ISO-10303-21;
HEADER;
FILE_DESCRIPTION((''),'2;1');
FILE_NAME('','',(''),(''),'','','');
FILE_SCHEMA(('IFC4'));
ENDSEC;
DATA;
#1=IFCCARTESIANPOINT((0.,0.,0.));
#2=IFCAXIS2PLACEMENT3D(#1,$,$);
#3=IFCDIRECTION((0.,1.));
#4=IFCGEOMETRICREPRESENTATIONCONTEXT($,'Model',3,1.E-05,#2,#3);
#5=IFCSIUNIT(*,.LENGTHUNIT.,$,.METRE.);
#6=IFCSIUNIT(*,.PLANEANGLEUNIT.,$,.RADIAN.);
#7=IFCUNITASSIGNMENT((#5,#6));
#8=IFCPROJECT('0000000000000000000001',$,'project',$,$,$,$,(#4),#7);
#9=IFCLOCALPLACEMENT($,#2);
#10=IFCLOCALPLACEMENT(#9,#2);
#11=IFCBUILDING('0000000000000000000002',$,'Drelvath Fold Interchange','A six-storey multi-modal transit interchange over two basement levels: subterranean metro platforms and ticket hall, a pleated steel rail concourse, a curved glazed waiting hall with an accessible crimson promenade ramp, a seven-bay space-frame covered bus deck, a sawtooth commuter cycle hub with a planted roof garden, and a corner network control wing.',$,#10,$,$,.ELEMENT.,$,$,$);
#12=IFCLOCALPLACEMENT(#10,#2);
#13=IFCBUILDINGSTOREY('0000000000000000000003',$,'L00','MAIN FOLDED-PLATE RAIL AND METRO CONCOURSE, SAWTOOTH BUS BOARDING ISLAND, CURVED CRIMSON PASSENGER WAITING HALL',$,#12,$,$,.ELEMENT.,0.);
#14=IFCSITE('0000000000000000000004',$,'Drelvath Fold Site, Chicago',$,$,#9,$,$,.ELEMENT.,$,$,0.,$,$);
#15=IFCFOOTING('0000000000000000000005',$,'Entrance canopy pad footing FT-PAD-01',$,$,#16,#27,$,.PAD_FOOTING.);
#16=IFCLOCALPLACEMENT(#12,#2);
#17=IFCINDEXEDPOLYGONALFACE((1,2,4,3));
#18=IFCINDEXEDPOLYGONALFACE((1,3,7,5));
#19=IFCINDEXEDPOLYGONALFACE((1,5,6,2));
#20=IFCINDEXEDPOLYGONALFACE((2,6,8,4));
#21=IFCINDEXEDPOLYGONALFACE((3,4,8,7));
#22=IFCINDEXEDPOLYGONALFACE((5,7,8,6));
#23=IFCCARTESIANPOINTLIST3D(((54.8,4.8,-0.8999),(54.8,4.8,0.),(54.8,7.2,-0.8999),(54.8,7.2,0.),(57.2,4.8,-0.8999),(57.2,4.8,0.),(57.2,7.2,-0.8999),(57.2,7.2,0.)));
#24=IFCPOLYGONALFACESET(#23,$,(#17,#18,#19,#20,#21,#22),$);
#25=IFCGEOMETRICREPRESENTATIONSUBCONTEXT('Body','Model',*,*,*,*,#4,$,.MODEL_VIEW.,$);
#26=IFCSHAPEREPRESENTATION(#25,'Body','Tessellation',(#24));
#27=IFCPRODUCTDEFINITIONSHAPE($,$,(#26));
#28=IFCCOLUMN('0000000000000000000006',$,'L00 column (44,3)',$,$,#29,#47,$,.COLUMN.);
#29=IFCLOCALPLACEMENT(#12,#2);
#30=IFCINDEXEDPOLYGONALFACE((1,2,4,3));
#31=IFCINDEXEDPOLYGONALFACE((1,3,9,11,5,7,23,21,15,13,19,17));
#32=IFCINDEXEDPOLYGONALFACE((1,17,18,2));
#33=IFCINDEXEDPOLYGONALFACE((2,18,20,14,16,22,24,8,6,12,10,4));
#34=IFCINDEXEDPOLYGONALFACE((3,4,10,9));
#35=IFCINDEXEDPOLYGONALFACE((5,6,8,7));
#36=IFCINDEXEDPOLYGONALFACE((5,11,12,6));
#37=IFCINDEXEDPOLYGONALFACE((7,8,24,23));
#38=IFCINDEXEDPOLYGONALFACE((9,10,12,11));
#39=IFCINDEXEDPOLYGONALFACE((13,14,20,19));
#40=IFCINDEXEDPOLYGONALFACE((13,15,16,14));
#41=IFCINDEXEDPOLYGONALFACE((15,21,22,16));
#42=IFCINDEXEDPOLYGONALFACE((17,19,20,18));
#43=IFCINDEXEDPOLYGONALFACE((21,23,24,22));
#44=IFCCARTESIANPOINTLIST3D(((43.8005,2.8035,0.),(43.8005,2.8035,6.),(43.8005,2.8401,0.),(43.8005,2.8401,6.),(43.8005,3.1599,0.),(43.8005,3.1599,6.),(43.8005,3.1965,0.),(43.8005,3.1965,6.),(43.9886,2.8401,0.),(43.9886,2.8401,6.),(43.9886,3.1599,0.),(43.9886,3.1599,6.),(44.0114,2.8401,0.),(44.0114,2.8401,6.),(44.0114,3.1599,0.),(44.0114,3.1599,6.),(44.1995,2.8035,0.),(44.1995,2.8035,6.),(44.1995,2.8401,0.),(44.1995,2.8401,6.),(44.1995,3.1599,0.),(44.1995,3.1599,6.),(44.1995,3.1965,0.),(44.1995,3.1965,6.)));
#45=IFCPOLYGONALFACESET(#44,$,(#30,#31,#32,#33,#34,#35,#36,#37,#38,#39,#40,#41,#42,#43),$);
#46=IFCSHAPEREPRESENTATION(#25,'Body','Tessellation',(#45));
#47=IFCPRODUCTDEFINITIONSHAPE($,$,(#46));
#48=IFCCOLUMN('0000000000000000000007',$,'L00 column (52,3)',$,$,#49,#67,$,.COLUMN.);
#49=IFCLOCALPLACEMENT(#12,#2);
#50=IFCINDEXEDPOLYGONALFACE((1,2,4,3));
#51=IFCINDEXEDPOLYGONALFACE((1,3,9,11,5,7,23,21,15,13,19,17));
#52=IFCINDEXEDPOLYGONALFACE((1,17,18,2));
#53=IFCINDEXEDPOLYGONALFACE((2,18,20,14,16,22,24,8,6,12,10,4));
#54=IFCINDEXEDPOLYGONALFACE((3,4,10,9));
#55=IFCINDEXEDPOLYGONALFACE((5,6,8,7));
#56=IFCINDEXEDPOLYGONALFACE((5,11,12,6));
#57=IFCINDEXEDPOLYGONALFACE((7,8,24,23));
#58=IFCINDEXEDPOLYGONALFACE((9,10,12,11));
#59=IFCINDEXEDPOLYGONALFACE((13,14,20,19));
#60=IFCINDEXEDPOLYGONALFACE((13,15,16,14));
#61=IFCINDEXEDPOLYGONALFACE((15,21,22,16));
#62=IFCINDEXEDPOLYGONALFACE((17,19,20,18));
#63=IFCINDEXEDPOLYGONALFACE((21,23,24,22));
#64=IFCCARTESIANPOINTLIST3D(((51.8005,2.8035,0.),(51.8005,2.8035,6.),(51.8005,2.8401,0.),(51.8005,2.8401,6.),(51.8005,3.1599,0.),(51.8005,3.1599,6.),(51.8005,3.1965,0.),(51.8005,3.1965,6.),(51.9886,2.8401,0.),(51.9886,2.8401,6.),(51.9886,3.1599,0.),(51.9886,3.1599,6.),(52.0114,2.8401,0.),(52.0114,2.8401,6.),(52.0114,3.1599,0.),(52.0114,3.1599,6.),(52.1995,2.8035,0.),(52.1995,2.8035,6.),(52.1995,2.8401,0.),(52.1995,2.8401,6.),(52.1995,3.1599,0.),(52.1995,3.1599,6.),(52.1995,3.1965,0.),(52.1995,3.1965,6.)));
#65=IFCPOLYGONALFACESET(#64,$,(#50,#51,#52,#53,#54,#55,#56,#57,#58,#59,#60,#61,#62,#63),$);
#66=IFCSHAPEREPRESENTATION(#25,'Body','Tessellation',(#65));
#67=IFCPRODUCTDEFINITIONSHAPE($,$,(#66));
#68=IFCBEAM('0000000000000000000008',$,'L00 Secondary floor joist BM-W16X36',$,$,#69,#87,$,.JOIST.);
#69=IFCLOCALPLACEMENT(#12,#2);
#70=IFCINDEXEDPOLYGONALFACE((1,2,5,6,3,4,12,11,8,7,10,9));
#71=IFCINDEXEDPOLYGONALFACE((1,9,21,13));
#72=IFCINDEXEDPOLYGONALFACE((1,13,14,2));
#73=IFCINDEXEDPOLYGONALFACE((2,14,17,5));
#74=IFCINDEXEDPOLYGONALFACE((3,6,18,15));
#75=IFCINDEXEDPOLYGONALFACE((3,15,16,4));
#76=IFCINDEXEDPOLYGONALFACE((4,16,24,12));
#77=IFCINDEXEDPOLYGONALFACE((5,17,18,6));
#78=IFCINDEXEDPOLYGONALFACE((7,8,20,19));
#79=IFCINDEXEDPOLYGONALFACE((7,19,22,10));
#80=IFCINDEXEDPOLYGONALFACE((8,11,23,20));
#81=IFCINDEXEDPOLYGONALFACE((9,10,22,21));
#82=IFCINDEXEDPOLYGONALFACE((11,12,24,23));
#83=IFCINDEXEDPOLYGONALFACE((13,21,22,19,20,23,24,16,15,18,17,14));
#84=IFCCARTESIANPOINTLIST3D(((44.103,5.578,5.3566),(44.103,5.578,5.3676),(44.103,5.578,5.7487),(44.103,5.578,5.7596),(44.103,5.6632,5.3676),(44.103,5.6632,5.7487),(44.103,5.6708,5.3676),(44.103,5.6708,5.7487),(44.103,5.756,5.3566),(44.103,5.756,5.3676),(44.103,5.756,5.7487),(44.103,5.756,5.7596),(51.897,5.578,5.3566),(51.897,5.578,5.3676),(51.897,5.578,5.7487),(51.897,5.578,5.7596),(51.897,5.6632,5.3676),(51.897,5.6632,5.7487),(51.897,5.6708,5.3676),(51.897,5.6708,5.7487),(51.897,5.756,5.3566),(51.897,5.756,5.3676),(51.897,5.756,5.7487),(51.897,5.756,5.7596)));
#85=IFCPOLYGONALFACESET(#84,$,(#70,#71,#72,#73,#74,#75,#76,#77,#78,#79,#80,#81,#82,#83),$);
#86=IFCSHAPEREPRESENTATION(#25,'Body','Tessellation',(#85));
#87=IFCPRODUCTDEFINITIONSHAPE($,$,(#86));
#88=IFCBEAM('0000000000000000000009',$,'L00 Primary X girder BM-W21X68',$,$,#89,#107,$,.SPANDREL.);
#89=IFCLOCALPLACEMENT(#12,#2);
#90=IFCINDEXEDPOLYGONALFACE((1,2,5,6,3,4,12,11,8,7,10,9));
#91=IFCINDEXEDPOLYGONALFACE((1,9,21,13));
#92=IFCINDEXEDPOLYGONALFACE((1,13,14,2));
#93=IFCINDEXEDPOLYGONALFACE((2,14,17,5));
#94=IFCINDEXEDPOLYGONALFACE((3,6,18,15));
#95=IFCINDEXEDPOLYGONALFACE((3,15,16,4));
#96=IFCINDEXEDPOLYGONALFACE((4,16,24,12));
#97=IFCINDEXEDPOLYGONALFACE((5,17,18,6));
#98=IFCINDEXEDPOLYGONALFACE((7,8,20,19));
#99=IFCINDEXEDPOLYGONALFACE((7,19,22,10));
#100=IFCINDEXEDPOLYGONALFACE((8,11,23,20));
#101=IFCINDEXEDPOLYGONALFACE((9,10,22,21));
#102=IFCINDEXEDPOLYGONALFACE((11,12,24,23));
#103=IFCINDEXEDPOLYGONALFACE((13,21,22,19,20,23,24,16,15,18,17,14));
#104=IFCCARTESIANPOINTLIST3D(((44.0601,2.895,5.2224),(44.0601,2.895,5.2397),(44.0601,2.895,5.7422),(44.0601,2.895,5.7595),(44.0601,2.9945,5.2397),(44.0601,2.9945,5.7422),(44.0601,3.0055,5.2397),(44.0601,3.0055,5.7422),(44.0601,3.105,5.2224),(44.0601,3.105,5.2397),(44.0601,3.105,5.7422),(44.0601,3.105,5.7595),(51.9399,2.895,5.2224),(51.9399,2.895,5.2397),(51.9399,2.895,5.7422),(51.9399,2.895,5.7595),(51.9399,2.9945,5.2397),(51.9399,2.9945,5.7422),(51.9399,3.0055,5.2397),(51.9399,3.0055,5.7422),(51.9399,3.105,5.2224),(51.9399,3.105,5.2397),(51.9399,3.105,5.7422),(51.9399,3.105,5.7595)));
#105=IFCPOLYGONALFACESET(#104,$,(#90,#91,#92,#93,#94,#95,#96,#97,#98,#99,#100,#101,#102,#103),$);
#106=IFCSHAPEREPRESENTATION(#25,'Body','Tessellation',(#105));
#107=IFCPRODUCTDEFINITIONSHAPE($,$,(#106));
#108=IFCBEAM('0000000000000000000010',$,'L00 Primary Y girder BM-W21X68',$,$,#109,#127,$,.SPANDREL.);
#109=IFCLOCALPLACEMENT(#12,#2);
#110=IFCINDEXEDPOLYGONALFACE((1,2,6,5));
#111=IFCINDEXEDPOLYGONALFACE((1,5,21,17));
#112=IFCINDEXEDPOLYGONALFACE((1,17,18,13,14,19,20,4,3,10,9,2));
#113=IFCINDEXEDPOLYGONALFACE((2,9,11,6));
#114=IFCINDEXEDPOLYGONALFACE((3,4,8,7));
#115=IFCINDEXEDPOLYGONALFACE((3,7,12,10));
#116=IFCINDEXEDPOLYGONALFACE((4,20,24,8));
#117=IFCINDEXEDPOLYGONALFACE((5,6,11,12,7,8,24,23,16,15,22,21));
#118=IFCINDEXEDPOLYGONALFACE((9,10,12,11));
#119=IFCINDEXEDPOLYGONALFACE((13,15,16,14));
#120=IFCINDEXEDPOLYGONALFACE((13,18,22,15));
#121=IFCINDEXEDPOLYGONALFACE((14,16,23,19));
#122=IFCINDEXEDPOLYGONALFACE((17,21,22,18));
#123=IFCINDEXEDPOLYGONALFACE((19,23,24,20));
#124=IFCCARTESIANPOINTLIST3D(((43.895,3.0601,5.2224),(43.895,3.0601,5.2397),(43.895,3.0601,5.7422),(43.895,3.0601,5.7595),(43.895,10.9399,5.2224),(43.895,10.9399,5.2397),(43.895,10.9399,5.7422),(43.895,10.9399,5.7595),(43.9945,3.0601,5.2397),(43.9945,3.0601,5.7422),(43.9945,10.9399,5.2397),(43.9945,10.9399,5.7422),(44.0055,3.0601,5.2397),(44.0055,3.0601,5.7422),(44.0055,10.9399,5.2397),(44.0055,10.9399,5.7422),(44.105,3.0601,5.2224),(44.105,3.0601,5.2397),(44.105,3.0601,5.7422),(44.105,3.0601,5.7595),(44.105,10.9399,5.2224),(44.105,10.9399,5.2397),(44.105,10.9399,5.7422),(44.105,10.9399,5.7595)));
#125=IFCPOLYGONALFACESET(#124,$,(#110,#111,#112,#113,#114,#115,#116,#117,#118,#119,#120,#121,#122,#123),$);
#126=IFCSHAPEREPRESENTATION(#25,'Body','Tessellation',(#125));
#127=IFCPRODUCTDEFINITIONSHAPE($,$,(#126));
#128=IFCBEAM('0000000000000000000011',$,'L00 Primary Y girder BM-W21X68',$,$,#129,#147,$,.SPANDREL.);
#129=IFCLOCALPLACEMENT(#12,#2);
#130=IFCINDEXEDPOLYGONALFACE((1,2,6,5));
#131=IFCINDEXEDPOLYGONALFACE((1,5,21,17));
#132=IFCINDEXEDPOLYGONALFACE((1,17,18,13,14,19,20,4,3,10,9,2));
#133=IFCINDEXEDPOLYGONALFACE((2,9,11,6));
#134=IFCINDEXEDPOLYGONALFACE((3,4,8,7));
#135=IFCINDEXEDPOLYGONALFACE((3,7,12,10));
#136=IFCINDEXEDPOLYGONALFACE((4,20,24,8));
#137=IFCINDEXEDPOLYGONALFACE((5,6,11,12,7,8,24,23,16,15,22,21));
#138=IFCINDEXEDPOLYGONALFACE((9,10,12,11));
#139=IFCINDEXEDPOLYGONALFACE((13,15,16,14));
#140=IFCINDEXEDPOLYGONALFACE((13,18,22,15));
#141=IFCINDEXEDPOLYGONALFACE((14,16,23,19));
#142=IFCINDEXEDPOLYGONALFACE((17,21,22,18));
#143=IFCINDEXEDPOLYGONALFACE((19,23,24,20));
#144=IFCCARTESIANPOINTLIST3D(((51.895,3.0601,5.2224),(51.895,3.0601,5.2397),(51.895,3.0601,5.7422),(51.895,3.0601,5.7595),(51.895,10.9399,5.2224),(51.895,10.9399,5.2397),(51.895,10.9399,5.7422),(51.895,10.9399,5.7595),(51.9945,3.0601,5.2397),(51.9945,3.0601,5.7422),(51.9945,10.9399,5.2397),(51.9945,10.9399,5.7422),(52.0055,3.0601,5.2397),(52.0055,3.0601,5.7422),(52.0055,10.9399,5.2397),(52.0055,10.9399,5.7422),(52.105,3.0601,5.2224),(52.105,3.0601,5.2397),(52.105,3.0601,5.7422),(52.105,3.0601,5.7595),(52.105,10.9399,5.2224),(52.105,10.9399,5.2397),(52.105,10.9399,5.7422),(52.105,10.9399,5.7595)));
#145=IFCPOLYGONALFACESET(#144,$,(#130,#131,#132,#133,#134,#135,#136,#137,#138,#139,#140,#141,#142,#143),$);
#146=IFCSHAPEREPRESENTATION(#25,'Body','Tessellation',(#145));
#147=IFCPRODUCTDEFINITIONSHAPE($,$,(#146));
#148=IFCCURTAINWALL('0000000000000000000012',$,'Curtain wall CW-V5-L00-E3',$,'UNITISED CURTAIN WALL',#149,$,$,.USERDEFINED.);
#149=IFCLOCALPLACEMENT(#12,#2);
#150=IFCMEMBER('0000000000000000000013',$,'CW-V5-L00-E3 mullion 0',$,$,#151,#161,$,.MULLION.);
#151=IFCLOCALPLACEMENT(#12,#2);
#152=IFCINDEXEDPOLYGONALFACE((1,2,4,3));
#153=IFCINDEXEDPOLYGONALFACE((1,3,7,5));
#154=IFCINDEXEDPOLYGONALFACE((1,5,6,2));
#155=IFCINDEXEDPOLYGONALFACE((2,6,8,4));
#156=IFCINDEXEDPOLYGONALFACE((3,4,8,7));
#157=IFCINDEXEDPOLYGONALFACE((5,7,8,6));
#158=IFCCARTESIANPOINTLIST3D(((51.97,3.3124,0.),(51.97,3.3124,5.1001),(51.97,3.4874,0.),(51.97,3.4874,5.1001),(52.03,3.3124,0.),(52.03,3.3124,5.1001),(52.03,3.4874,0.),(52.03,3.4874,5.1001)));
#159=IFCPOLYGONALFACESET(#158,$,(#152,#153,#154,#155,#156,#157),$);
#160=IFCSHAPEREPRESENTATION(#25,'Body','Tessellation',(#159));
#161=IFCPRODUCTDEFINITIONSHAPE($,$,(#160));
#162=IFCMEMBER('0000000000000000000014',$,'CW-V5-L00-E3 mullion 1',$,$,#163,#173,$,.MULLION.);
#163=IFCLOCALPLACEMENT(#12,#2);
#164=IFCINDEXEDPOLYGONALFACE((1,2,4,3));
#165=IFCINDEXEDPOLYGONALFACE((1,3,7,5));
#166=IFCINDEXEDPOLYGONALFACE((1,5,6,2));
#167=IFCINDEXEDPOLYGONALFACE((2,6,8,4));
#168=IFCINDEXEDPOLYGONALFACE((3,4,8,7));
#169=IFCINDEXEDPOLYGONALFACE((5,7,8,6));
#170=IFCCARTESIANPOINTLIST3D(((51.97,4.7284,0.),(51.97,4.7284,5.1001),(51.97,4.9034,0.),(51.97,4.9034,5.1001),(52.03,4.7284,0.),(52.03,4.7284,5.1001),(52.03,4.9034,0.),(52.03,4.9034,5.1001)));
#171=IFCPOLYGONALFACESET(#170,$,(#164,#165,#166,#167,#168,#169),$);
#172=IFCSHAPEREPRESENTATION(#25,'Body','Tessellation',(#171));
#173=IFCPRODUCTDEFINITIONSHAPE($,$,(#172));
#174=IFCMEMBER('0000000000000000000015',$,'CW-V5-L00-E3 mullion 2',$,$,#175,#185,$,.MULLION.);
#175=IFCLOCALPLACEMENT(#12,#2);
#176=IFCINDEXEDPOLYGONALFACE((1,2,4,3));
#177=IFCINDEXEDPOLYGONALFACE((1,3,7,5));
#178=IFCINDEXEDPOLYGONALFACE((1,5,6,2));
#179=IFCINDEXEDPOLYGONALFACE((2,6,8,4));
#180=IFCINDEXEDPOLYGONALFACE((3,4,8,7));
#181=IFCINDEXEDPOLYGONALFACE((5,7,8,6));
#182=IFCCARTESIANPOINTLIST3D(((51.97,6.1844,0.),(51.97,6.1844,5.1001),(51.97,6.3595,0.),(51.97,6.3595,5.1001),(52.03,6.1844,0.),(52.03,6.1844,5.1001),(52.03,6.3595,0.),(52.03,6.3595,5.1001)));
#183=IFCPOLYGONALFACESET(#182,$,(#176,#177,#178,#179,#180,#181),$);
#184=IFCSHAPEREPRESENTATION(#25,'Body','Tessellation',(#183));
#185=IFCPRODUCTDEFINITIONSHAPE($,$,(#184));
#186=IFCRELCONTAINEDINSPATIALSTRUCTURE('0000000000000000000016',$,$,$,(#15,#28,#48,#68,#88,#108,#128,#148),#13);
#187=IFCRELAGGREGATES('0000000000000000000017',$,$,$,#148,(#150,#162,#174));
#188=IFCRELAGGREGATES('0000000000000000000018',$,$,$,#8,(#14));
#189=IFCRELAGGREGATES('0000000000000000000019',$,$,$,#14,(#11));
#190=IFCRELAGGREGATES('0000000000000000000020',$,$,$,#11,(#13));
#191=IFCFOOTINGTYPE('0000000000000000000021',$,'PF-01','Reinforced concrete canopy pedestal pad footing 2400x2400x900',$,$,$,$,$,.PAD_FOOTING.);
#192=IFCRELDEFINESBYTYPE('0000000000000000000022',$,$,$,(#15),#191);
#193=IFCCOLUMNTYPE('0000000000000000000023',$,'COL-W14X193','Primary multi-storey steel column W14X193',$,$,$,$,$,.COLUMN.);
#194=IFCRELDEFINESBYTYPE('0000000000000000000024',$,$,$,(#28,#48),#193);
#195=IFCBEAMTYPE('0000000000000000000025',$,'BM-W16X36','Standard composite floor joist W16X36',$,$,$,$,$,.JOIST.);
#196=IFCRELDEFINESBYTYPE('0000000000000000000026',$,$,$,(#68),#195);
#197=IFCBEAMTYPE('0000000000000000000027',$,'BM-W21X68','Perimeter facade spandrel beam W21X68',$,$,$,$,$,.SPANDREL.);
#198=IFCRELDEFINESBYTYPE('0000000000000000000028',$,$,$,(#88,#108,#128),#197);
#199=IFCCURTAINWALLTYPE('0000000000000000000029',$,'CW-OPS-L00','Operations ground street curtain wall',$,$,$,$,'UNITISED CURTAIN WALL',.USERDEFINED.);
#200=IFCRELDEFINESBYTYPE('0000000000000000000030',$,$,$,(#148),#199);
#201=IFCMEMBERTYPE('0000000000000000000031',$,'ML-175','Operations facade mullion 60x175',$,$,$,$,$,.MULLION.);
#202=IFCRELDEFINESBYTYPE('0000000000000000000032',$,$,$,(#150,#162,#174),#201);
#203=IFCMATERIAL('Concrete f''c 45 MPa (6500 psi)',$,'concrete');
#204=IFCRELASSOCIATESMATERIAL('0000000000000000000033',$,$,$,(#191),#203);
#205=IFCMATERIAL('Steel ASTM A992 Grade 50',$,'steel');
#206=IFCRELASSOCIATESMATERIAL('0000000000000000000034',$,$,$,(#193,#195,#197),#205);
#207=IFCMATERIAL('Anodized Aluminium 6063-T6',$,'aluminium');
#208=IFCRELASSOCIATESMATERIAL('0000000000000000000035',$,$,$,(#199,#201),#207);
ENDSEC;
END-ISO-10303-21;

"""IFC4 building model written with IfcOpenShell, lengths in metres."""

from ifc_helpers import new_model, si_unit, direction, frame, origin, origin_2d, place, context, subcontext, project, spatial, rectangle, i_section, extrude, material, material_profile, profile_set, type_object, element, aggregate, save


model = new_model("IFC4")

# Units and contexts
model_context = context("Model", 3, precision=1e-05, world=origin(), true_north=direction((0.0, 1.0)))
body_context = subcontext(model_context, "Body", "Model", "MODEL_VIEW")
ifc_project = project(units=[si_unit("LENGTHUNIT", "METRE"), si_unit("PLANEANGLEUNIT", "RADIAN")], contexts=[model_context])

# Site, building, storey
site_placement = place(None, origin())
site = spatial("IfcSite", under=ifc_project, at=site_placement, Name="Drelvath Fold Site, Chicago", CompositionType="ELEMENT", RefElevation=0.0)
building_placement = place(site_placement, origin())
building = spatial("IfcBuilding", under=site, at=building_placement, Name="Drelvath Fold Interchange", Description="A six-storey multi-modal transit interchange over two basement levels: subterranean metro platforms and ticket hall, a pleated steel rail concourse, a curved glazed waiting hall with an accessible crimson promenade ramp, a seven-bay space-frame covered bus deck, a sawtooth commuter cycle hub with a planted roof garden, and a corner network control wing.", CompositionType="ELEMENT")
storey_placement = place(building_placement, origin())
storey = spatial("IfcBuildingStorey", under=building, at=storey_placement, Name="L00", Description="MAIN FOLDED-PLATE RAIL AND METRO CONCOURSE, SAWTOOTH BUS BOARDING ISLAND, CURVED CRIMSON PASSENGER WAITING HALL", CompositionType="ELEMENT", Elevation=0.0)

# Footing
ifc_material_1 = material(Name="Concrete f'c 45 MPa (6500 psi)", Category="concrete")
footing_type = type_object("IfcFootingType", Name="PF-01", Description="Reinforced concrete canopy pedestal pad footing 2400x2400x900", PredefinedType="PAD_FOOTING", material=ifc_material_1)
footing_placement = place(storey_placement, frame((56.0, 6.0, -0.8999), z_axis=(0.0, 0.0, 1.0), x_axis=(1.0, 0.0, 0.0)))
element("IfcFooting", 1, at=footing_placement, inside=storey, type_object=footing_type, Name="Entrance canopy pad footing FT-PAD-01", PredefinedType="PAD_FOOTING", context=body_context, shape_type="SweptSolid", body=[
    extrude(rectangle(XDim=2.3999, YDim=2.3999, at=origin_2d()), origin(), (0.0, 0.0, 1.0), 0.8999),
])

# Columns
ifc_material_2 = material(Name="Steel ASTM A992 Grade 50", Category="steel")
ifc_material_profile_1 = material_profile(ifc_material_2, i_section(OverallWidth=0.3989, OverallDepth=0.3931, WebThickness=0.0227, FlangeThickness=0.0366, at=origin_2d()), Name="W14X193")
ifc_profile_set_1 = profile_set([ifc_material_profile_1], Name="Steel ASTM A992 Grade 50")
column_type = type_object("IfcColumnType", Name="COL-W14X193", Description="Primary multi-storey steel column W14X193", PredefinedType="COLUMN", material=ifc_profile_set_1)
for number, where, z_axis, x_axis, name in (
    (2, (44.0, 3.0, 0.0), (0.0, 0.0, 1.0), (1.0, 0.0, 0.0), "L00 column (44,3)"),
    (3, (52.0, 3.0, 0.0), (0.0, 0.0, 1.0), (1.0, 0.0, 0.0), "L00 column (52,3)"),
):
    element("IfcColumn", number, at=place(storey_placement, frame(where, z_axis=z_axis, x_axis=x_axis)), inside=storey, type_object=column_type, Name=name, PredefinedType="COLUMN", context=body_context, shape_type="SweptSolid", body=[
        extrude(i_section(OverallWidth=0.3989, OverallDepth=0.3931, WebThickness=0.0227, FlangeThickness=0.0366, at=origin_2d()), origin(), (0.0, 0.0, 1.0), 6.0),
    ])

# Beams
ifc_material_profile_2 = material_profile(ifc_material_2, i_section(OverallWidth=0.178, OverallDepth=0.4031, WebThickness=0.0076, FlangeThickness=0.011, at=origin_2d()), Name="W16X36")
ifc_profile_set_2 = profile_set([ifc_material_profile_2], Name="Steel ASTM A992 Grade 50")
beam_type_1 = type_object("IfcBeamType", Name="BM-W16X36", Description="Standard composite floor joist W16X36", PredefinedType="JOIST", material=ifc_profile_set_2)
beam_placement = place(storey_placement, frame((44.103, 5.667, 5.5581), z_axis=(1.0, 0.0, 0.0), x_axis=(0.0, 1.0, 0.0)))
element("IfcBeam", 4, at=beam_placement, inside=storey, type_object=beam_type_1, Name="L00 Secondary floor joist BM-W16X36", PredefinedType="JOIST", context=body_context, shape_type="SweptSolid", body=[
    extrude(i_section(OverallWidth=0.178, OverallDepth=0.4031, WebThickness=0.0076, FlangeThickness=0.011, at=origin_2d()), origin(), (0.0, 0.0, 1.0), 7.7939),
])
ifc_material_profile_3 = material_profile(ifc_material_2, i_section(OverallWidth=0.21, OverallDepth=0.5371, WebThickness=0.011, FlangeThickness=0.0173, at=origin_2d()), Name="W21X68")
ifc_profile_set_3 = profile_set([ifc_material_profile_3], Name="Steel ASTM A992 Grade 50")
beam_type_2 = type_object("IfcBeamType", Name="BM-W21X68", Description="Perimeter facade spandrel beam W21X68", PredefinedType="SPANDREL", material=ifc_profile_set_3)
for number, where, z_axis, x_axis, name in (
    (5, (44.0601, 3.0, 5.491), (1.0, 0.0, 0.0), (0.0, 1.0, 0.0), "L00 Primary X girder BM-W21X68"),
    (6, (44.0, 3.0601, 5.491), (0.0, 1.0, 0.0), (-1.0, 0.0, 0.0), "L00 Primary Y girder BM-W21X68"),
    (7, (52.0, 3.0601, 5.491), (0.0, 1.0, 0.0), (-1.0, 0.0, 0.0), "L00 Primary Y girder BM-W21X68"),
):
    element("IfcBeam", number, at=place(storey_placement, frame(where, z_axis=z_axis, x_axis=x_axis)), inside=storey, type_object=beam_type_2, Name=name, PredefinedType="SPANDREL", context=body_context, shape_type="SweptSolid", body=[
        extrude(i_section(OverallWidth=0.21, OverallDepth=0.5371, WebThickness=0.011, FlangeThickness=0.0173, at=origin_2d()), origin(), (0.0, 0.0, 1.0), 7.8799),
    ])

# Curtain wall, members
ifc_material_3 = material(Name="Anodized Aluminium 6063-T6", Category="aluminium")
curtain_wall_type = type_object("IfcCurtainWallType", Name="CW-OPS-L00", Description="Operations ground street curtain wall", ElementType="UNITISED CURTAIN WALL", PredefinedType="USERDEFINED", material=ifc_material_3)
curtain_wall_placement = place(storey_placement, origin())
curtain_wall = element("IfcCurtainWall", 8, at=curtain_wall_placement, inside=storey, type_object=curtain_wall_type, Name="Curtain wall CW-V5-L00-E3", ObjectType="UNITISED CURTAIN WALL", PredefinedType="USERDEFINED")
ifc_material_profile_4 = material_profile(ifc_material_3, rectangle(XDim=0.0601, YDim=0.175, at=origin_2d()), Name="AL-M 60x175")
ifc_profile_set_4 = profile_set([ifc_material_profile_4], Name="Anodized Aluminium 6063-T6")
member_type_1 = type_object("IfcMemberType", Name="ML-175", Description="Operations facade mullion 60x175", PredefinedType="MULLION", material=ifc_profile_set_4)
member_1_placement = place(storey_placement, frame((52.0, 3.3999, 0.0), z_axis=(0.0, 0.0, 1.0), x_axis=(1.0, 0.0, 0.0)))
member_1 = element("IfcMember", 9, at=member_1_placement, type_object=member_type_1, Name="CW-V5-L00-E3 mullion 0", PredefinedType="MULLION", context=body_context, shape_type="SweptSolid", body=[
    extrude(rectangle(XDim=0.0601, YDim=0.175, at=origin_2d()), origin(), (0.0, 0.0, 1.0), 5.1001),
])
member_2_placement = place(storey_placement, frame((52.0, 4.8159, 0.0), z_axis=(0.0, 0.0, 1.0), x_axis=(1.0, 0.0, 0.0)))
member_2 = element("IfcMember", 10, at=member_2_placement, type_object=member_type_1, Name="CW-V5-L00-E3 mullion 1", PredefinedType="MULLION", context=body_context, shape_type="SweptSolid", body=[
    extrude(rectangle(XDim=0.0601, YDim=0.175, at=origin_2d()), origin(), (0.0, 0.0, 1.0), 5.1001),
])
member_3_placement = place(storey_placement, frame((52.0, 6.272, 0.0), z_axis=(0.0, 0.0, 1.0), x_axis=(1.0, 0.0, 0.0)))
member_3 = element("IfcMember", 11, at=member_3_placement, type_object=member_type_1, Name="CW-V5-L00-E3 mullion 2", PredefinedType="MULLION", context=body_context, shape_type="SweptSolid", body=[
    extrude(rectangle(XDim=0.0601, YDim=0.175, at=origin_2d()), origin(), (0.0, 0.0, 1.0), 5.1001),
])

aggregate(curtain_wall, [member_1, member_2, member_3])

save(model, "model.ifc")
